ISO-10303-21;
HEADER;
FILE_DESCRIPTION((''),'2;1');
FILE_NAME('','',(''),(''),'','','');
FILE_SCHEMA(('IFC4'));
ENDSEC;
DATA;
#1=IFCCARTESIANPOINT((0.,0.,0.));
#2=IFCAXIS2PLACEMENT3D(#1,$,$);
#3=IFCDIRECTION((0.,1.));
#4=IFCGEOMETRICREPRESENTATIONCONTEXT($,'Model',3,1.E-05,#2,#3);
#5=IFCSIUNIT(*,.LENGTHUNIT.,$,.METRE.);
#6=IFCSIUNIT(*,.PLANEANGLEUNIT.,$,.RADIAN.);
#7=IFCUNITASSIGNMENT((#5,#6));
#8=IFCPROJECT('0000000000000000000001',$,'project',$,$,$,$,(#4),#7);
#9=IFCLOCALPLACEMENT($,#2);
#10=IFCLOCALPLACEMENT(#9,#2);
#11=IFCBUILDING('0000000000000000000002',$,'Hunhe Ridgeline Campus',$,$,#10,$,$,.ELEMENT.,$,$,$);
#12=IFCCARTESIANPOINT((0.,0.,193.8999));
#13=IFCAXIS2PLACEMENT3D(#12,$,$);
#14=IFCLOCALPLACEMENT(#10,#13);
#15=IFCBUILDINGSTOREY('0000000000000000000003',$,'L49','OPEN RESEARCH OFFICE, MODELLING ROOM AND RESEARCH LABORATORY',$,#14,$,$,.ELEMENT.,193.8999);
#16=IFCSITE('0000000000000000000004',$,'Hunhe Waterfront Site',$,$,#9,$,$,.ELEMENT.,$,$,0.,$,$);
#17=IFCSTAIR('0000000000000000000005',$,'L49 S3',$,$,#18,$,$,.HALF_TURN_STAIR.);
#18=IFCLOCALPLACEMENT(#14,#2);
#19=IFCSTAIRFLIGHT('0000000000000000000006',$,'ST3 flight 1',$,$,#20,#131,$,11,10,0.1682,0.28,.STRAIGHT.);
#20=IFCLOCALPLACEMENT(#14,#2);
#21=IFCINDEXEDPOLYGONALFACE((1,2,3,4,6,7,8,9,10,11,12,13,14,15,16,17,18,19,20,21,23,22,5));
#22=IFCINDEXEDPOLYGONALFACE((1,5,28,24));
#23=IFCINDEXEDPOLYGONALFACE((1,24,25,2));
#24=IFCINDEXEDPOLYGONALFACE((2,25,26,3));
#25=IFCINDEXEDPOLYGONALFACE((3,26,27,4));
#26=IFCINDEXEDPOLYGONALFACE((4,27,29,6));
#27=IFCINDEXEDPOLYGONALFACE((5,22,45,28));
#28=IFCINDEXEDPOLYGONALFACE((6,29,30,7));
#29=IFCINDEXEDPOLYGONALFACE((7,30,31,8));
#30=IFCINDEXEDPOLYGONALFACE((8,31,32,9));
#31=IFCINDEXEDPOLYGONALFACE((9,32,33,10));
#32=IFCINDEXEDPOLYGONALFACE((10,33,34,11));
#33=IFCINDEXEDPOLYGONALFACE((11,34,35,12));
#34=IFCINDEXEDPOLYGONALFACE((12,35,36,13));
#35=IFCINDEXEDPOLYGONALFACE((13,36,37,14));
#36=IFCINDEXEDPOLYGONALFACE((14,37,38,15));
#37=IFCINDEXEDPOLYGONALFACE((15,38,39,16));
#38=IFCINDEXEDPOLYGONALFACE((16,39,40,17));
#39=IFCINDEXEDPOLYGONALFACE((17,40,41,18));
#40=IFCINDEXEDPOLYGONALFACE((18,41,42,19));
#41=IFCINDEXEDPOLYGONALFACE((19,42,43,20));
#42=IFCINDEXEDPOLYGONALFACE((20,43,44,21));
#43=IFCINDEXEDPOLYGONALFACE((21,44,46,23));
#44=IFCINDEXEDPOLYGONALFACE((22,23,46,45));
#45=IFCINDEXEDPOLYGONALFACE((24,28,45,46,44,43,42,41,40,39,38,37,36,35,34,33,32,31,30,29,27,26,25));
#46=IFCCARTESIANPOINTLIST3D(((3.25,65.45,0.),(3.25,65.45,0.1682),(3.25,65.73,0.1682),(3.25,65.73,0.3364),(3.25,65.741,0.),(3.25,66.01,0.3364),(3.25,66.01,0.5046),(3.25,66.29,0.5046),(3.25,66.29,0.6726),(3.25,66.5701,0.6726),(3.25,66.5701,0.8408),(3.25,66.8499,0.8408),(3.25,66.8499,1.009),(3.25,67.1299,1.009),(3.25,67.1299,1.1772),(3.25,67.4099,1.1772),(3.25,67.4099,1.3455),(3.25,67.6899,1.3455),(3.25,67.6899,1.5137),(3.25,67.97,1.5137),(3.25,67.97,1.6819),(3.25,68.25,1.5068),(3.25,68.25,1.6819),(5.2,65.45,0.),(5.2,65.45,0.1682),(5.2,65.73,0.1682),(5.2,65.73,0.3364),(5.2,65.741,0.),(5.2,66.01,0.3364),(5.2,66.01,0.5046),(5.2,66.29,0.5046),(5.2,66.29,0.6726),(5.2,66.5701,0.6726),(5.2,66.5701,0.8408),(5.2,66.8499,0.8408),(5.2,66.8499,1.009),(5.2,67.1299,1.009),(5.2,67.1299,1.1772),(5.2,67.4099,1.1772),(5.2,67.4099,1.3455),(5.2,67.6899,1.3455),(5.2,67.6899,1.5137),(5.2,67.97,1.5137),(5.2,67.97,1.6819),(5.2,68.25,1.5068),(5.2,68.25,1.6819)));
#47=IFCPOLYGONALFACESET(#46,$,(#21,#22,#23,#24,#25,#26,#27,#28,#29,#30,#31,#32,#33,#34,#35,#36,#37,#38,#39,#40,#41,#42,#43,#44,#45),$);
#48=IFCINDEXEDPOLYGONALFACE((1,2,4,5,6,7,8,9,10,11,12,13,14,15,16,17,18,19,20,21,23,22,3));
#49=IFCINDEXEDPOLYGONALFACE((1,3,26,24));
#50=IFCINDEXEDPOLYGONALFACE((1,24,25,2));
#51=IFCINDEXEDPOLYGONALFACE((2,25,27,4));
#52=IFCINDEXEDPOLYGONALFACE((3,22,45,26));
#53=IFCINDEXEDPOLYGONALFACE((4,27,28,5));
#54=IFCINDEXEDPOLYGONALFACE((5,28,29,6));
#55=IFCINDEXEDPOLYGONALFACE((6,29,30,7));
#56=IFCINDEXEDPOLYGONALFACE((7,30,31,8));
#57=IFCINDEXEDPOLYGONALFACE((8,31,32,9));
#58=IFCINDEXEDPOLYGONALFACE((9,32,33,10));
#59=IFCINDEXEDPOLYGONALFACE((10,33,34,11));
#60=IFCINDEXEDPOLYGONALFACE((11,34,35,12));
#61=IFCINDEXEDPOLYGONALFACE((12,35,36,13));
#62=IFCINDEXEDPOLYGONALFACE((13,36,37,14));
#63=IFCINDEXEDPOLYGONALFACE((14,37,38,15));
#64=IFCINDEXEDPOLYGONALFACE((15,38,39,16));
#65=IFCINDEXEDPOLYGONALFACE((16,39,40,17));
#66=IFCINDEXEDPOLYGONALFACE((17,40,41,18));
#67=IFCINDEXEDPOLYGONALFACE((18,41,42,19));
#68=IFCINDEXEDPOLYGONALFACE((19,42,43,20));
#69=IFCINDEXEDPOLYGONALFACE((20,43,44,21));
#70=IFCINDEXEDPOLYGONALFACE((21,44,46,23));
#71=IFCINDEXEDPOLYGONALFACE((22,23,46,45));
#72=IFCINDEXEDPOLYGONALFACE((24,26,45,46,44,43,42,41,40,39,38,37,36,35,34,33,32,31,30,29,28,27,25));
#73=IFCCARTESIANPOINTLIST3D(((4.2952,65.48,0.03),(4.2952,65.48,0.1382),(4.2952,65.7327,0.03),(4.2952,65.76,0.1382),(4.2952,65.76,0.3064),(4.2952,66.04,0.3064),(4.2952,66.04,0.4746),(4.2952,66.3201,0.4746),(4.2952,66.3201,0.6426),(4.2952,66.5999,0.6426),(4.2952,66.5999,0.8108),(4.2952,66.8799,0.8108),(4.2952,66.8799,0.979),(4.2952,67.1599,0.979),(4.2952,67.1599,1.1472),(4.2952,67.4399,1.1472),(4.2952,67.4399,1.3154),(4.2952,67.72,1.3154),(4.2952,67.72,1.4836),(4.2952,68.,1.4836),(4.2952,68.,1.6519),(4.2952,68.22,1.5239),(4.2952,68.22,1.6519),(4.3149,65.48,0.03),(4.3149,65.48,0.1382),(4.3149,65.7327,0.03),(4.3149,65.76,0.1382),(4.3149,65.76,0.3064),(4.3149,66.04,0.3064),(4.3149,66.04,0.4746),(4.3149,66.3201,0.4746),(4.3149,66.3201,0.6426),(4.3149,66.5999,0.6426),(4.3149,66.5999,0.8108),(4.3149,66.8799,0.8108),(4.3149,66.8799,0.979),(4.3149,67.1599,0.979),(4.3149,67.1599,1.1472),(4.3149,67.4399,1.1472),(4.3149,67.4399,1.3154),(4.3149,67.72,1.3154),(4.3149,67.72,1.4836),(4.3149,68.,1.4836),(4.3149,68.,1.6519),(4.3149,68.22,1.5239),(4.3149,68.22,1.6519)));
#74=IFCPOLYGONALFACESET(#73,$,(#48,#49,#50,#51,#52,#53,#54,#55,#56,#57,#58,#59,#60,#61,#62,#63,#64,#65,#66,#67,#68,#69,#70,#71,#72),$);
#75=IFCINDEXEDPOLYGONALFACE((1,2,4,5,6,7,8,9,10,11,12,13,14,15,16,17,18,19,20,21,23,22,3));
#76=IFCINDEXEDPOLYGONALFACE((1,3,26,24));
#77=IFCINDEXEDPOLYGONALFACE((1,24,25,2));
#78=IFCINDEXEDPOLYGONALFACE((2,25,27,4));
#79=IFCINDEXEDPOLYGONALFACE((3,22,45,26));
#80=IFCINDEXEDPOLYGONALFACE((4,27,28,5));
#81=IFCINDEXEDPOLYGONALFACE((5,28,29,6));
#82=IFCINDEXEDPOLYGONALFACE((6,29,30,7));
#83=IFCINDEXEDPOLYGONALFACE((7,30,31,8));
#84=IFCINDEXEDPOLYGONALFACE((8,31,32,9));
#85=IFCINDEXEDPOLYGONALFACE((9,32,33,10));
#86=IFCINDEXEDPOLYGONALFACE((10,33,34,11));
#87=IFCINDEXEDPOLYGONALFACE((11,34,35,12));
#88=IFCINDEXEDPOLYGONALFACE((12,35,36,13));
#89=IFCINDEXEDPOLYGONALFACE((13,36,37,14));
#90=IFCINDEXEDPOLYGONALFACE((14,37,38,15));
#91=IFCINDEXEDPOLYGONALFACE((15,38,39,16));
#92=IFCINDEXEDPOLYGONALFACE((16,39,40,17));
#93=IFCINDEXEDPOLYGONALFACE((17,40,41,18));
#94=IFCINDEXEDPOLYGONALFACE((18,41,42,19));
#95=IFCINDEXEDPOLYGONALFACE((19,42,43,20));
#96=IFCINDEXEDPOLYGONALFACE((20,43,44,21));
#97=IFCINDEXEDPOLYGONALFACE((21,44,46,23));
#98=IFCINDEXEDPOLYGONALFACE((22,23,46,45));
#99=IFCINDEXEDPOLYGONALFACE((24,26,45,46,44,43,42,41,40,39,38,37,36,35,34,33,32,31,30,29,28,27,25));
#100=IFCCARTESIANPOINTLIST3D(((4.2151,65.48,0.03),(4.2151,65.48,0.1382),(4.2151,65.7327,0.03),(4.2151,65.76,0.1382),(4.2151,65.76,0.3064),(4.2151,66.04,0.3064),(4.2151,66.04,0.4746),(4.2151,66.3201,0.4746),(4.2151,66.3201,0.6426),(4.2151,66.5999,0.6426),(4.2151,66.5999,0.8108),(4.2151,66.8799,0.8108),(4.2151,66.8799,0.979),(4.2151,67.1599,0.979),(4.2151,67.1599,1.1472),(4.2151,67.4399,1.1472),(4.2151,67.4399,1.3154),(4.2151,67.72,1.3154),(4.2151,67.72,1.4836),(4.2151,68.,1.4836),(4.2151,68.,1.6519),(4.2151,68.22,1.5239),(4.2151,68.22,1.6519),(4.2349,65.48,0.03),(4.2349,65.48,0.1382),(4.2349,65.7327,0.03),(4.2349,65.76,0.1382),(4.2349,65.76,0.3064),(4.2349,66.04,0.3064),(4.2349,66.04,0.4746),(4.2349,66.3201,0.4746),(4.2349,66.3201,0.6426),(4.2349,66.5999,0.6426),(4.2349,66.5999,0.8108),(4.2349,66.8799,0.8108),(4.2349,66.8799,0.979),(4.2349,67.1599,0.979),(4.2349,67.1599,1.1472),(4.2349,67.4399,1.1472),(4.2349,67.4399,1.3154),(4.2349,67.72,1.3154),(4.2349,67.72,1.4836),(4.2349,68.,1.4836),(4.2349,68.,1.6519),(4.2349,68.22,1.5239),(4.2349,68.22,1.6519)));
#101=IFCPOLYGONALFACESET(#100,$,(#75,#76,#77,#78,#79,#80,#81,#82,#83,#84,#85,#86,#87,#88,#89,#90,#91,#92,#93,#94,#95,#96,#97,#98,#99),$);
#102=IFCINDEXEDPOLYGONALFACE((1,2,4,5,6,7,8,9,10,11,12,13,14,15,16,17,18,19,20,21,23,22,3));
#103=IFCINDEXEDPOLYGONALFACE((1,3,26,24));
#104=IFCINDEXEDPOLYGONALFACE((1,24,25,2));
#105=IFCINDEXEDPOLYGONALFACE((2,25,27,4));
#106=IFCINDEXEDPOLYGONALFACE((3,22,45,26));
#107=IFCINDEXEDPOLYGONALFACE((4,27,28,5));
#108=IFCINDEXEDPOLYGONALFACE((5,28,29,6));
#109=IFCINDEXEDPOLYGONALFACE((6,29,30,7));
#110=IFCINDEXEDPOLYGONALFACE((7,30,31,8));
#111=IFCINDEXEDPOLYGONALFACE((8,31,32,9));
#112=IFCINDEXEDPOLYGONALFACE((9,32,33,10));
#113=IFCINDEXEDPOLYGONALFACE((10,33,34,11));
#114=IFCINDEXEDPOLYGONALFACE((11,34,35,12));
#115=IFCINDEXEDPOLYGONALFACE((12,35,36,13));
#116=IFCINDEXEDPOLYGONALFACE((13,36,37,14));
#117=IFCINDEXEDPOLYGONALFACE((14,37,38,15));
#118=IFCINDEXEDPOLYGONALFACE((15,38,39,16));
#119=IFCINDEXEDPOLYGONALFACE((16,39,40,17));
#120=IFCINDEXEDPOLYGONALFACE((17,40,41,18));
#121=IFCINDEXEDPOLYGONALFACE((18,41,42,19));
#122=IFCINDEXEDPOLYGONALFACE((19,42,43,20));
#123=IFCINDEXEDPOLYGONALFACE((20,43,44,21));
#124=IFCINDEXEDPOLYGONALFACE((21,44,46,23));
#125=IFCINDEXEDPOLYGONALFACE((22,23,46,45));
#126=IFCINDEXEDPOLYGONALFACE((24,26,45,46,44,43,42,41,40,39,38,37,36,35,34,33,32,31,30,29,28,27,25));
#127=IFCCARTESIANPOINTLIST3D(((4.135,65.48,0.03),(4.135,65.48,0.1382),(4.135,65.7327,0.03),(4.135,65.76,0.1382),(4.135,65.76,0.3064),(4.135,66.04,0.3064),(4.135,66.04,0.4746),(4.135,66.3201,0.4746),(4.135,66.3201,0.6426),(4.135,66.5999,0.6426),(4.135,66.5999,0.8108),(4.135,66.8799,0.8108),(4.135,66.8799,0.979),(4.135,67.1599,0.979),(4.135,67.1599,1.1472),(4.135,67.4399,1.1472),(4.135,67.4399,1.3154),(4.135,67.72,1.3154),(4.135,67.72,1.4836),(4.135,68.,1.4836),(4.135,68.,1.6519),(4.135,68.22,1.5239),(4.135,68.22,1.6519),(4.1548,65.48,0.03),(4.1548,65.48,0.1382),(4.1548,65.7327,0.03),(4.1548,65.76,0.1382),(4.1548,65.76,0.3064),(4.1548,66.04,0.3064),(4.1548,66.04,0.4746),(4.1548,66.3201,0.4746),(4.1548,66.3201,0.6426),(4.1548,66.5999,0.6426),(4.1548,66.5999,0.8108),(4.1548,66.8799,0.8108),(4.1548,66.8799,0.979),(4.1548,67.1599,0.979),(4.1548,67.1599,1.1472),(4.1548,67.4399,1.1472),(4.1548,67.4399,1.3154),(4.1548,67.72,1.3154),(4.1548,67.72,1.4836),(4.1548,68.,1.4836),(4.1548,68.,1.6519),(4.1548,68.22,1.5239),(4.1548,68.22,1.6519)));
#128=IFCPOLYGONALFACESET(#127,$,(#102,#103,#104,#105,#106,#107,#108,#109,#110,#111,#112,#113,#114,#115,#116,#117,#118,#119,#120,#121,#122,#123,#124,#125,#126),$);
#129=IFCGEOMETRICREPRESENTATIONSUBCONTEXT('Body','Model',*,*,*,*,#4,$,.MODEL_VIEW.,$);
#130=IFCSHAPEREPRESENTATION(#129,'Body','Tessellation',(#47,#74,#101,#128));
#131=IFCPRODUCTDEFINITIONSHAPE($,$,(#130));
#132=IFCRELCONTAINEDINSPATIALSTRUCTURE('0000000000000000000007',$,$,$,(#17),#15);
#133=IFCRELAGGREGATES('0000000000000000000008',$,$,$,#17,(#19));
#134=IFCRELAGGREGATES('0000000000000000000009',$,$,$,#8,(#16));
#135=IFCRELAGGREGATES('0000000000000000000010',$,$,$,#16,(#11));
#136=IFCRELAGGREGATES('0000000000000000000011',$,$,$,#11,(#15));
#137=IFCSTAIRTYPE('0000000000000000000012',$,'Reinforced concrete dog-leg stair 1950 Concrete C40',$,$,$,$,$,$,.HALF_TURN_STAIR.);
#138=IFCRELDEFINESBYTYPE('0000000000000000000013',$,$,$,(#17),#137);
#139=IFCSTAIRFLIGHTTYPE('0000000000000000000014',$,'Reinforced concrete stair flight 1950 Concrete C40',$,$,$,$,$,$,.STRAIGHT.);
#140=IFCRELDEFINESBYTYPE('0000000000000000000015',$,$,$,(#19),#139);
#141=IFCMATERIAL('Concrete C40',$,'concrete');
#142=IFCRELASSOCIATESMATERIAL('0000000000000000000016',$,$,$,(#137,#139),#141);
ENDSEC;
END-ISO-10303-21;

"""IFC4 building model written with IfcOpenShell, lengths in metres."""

from ifc_helpers import new_model, si_unit, direction, frame, origin, place, context, subcontext, project, spatial, polyline, outline, extrude, material, type_object, element, aggregate, save


model = new_model("IFC4")

# Units and contexts
model_context = context("Model", 3, precision=1e-05, world=origin(), true_north=direction((0.0, 1.0)))
body_context = subcontext(model_context, "Body", "Model", "MODEL_VIEW")
ifc_project = project(units=[si_unit("LENGTHUNIT", "METRE"), si_unit("PLANEANGLEUNIT", "RADIAN")], contexts=[model_context])

# Site, building, storey
site_placement = place(None, origin())
site = spatial("IfcSite", under=ifc_project, at=site_placement, Name="Hunhe Waterfront Site", CompositionType="ELEMENT", RefElevation=0.0)
building_placement = place(site_placement, origin())
building = spatial("IfcBuilding", under=site, at=building_placement, Name="Hunhe Ridgeline Campus", CompositionType="ELEMENT")
storey_placement = place(building_placement, frame((0.0, 0.0, 193.8999)))
storey = spatial("IfcBuildingStorey", under=building, at=storey_placement, Name="L49", Description="OPEN RESEARCH OFFICE, MODELLING ROOM AND RESEARCH LABORATORY", CompositionType="ELEMENT", Elevation=193.8999)

# Stair, stair flight
ifc_material_1 = material(Name="Concrete C40", Category="concrete")
stair_type = type_object("IfcStairType", Name="Reinforced concrete dog-leg stair 1950 Concrete C40", PredefinedType="HALF_TURN_STAIR", material=ifc_material_1)
stair_1_placement = place(storey_placement, origin())
stair_1 = element("IfcStair", 1, at=stair_1_placement, inside=storey, type_object=stair_type, Name="L49 S3", PredefinedType="HALF_TURN_STAIR")
stair_flight_type = type_object("IfcStairFlightType", Name="Reinforced concrete stair flight 1950 Concrete C40", PredefinedType="STRAIGHT", material=ifc_material_1)
stair_flight_1_placement = place(storey_placement, frame((4.2251, 65.45, 0.0), z_axis=(0.0, 0.0, 1.0), x_axis=(0.0, 1.0, 0.0)))
stair_flight_1 = element("IfcStairFlight", 2, at=stair_flight_1_placement, type_object=stair_flight_type, Name="ST3 flight 1", NumberOfRisers=11, NumberOfTreads=10, PredefinedType="STRAIGHT", RiserHeight=0.1682, TreadLength=0.28, context=body_context, shape_type="SweptSolid", body=[
    extrude(outline(polyline([(0.0, 0.0), (0.0, 0.1682), (0.28, 0.1682), (0.28, 0.3364), (0.5601, 0.3364), (0.5601, 0.5046), (0.8401, 0.5046), (0.8401, 0.6726), (1.1201, 0.6726), (1.1201, 0.8408), (1.3999, 0.8408), (1.3999, 1.009), (1.6799, 1.009), (1.6799, 1.1772), (1.96, 1.1772), (1.96, 1.3455), (2.24, 1.3455), (2.24, 1.5137), (2.52, 1.5137), (2.52, 1.6819), (2.8, 1.6819), (2.8, 1.8501), (2.8, 1.5068), (0.291, 0.0), (0.0, 0.0)])), frame((0.0, 0.9751, 0.0), z_axis=(0.0, -1.0, 0.0), x_axis=(1.0, 0.0, 0.0)), (0.0, 0.0, 1.0), 1.95),
    extrude(outline(polyline([(0.03, 0.03), (0.03, 0.1382), (0.3101, 0.1382), (0.3101, 0.3064), (0.5901, 0.3064), (0.5901, 0.4746), (0.8701, 0.4746), (0.8701, 0.6426), (1.1499, 0.6426), (1.1499, 0.8108), (1.4299, 0.8108), (1.4299, 0.979), (1.71, 0.979), (1.71, 1.1472), (1.99, 1.1472), (1.99, 1.3154), (2.27, 1.3154), (2.27, 1.4836), (2.55, 1.4836), (2.55, 1.6519), (2.77, 1.6519), (2.77, 1.5239), (0.2827, 0.03), (0.03, 0.03)])), frame((0.0, -0.0701, 0.0), z_axis=(0.0, -1.0, 0.0), x_axis=(1.0, 0.0, 0.0)), (0.0, 0.0, 1.0), 0.0198),
    extrude(outline(polyline([(0.03, 0.03), (0.03, 0.1382), (0.3101, 0.1382), (0.3101, 0.3064), (0.5901, 0.3064), (0.5901, 0.4746), (0.8701, 0.4746), (0.8701, 0.6426), (1.1499, 0.6426), (1.1499, 0.8108), (1.4299, 0.8108), (1.4299, 0.979), (1.71, 0.979), (1.71, 1.1472), (1.99, 1.1472), (1.99, 1.3154), (2.27, 1.3154), (2.27, 1.4836), (2.55, 1.4836), (2.55, 1.6519), (2.77, 1.6519), (2.77, 1.5239), (0.2827, 0.03), (0.03, 0.03)])), frame((0.0, 0.01, 0.0), z_axis=(0.0, -1.0, 0.0), x_axis=(1.0, 0.0, 0.0)), (0.0, 0.0, 1.0), 0.0198),
    extrude(outline(polyline([(0.03, 0.03), (0.03, 0.1382), (0.3101, 0.1382), (0.3101, 0.3064), (0.5901, 0.3064), (0.5901, 0.4746), (0.8701, 0.4746), (0.8701, 0.6426), (1.1499, 0.6426), (1.1499, 0.8108), (1.4299, 0.8108), (1.4299, 0.979), (1.71, 0.979), (1.71, 1.1472), (1.99, 1.1472), (1.99, 1.3154), (2.27, 1.3154), (2.27, 1.4836), (2.55, 1.4836), (2.55, 1.6519), (2.77, 1.6519), (2.77, 1.5239), (0.2827, 0.03), (0.03, 0.03)])), frame((0.0, 0.0901, 0.0), z_axis=(0.0, -1.0, 0.0), x_axis=(1.0, 0.0, 0.0)), (0.0, 0.0, 1.0), 0.0198),
])
aggregate(stair_1, [stair_flight_1])

save(model, "model.ifc")
